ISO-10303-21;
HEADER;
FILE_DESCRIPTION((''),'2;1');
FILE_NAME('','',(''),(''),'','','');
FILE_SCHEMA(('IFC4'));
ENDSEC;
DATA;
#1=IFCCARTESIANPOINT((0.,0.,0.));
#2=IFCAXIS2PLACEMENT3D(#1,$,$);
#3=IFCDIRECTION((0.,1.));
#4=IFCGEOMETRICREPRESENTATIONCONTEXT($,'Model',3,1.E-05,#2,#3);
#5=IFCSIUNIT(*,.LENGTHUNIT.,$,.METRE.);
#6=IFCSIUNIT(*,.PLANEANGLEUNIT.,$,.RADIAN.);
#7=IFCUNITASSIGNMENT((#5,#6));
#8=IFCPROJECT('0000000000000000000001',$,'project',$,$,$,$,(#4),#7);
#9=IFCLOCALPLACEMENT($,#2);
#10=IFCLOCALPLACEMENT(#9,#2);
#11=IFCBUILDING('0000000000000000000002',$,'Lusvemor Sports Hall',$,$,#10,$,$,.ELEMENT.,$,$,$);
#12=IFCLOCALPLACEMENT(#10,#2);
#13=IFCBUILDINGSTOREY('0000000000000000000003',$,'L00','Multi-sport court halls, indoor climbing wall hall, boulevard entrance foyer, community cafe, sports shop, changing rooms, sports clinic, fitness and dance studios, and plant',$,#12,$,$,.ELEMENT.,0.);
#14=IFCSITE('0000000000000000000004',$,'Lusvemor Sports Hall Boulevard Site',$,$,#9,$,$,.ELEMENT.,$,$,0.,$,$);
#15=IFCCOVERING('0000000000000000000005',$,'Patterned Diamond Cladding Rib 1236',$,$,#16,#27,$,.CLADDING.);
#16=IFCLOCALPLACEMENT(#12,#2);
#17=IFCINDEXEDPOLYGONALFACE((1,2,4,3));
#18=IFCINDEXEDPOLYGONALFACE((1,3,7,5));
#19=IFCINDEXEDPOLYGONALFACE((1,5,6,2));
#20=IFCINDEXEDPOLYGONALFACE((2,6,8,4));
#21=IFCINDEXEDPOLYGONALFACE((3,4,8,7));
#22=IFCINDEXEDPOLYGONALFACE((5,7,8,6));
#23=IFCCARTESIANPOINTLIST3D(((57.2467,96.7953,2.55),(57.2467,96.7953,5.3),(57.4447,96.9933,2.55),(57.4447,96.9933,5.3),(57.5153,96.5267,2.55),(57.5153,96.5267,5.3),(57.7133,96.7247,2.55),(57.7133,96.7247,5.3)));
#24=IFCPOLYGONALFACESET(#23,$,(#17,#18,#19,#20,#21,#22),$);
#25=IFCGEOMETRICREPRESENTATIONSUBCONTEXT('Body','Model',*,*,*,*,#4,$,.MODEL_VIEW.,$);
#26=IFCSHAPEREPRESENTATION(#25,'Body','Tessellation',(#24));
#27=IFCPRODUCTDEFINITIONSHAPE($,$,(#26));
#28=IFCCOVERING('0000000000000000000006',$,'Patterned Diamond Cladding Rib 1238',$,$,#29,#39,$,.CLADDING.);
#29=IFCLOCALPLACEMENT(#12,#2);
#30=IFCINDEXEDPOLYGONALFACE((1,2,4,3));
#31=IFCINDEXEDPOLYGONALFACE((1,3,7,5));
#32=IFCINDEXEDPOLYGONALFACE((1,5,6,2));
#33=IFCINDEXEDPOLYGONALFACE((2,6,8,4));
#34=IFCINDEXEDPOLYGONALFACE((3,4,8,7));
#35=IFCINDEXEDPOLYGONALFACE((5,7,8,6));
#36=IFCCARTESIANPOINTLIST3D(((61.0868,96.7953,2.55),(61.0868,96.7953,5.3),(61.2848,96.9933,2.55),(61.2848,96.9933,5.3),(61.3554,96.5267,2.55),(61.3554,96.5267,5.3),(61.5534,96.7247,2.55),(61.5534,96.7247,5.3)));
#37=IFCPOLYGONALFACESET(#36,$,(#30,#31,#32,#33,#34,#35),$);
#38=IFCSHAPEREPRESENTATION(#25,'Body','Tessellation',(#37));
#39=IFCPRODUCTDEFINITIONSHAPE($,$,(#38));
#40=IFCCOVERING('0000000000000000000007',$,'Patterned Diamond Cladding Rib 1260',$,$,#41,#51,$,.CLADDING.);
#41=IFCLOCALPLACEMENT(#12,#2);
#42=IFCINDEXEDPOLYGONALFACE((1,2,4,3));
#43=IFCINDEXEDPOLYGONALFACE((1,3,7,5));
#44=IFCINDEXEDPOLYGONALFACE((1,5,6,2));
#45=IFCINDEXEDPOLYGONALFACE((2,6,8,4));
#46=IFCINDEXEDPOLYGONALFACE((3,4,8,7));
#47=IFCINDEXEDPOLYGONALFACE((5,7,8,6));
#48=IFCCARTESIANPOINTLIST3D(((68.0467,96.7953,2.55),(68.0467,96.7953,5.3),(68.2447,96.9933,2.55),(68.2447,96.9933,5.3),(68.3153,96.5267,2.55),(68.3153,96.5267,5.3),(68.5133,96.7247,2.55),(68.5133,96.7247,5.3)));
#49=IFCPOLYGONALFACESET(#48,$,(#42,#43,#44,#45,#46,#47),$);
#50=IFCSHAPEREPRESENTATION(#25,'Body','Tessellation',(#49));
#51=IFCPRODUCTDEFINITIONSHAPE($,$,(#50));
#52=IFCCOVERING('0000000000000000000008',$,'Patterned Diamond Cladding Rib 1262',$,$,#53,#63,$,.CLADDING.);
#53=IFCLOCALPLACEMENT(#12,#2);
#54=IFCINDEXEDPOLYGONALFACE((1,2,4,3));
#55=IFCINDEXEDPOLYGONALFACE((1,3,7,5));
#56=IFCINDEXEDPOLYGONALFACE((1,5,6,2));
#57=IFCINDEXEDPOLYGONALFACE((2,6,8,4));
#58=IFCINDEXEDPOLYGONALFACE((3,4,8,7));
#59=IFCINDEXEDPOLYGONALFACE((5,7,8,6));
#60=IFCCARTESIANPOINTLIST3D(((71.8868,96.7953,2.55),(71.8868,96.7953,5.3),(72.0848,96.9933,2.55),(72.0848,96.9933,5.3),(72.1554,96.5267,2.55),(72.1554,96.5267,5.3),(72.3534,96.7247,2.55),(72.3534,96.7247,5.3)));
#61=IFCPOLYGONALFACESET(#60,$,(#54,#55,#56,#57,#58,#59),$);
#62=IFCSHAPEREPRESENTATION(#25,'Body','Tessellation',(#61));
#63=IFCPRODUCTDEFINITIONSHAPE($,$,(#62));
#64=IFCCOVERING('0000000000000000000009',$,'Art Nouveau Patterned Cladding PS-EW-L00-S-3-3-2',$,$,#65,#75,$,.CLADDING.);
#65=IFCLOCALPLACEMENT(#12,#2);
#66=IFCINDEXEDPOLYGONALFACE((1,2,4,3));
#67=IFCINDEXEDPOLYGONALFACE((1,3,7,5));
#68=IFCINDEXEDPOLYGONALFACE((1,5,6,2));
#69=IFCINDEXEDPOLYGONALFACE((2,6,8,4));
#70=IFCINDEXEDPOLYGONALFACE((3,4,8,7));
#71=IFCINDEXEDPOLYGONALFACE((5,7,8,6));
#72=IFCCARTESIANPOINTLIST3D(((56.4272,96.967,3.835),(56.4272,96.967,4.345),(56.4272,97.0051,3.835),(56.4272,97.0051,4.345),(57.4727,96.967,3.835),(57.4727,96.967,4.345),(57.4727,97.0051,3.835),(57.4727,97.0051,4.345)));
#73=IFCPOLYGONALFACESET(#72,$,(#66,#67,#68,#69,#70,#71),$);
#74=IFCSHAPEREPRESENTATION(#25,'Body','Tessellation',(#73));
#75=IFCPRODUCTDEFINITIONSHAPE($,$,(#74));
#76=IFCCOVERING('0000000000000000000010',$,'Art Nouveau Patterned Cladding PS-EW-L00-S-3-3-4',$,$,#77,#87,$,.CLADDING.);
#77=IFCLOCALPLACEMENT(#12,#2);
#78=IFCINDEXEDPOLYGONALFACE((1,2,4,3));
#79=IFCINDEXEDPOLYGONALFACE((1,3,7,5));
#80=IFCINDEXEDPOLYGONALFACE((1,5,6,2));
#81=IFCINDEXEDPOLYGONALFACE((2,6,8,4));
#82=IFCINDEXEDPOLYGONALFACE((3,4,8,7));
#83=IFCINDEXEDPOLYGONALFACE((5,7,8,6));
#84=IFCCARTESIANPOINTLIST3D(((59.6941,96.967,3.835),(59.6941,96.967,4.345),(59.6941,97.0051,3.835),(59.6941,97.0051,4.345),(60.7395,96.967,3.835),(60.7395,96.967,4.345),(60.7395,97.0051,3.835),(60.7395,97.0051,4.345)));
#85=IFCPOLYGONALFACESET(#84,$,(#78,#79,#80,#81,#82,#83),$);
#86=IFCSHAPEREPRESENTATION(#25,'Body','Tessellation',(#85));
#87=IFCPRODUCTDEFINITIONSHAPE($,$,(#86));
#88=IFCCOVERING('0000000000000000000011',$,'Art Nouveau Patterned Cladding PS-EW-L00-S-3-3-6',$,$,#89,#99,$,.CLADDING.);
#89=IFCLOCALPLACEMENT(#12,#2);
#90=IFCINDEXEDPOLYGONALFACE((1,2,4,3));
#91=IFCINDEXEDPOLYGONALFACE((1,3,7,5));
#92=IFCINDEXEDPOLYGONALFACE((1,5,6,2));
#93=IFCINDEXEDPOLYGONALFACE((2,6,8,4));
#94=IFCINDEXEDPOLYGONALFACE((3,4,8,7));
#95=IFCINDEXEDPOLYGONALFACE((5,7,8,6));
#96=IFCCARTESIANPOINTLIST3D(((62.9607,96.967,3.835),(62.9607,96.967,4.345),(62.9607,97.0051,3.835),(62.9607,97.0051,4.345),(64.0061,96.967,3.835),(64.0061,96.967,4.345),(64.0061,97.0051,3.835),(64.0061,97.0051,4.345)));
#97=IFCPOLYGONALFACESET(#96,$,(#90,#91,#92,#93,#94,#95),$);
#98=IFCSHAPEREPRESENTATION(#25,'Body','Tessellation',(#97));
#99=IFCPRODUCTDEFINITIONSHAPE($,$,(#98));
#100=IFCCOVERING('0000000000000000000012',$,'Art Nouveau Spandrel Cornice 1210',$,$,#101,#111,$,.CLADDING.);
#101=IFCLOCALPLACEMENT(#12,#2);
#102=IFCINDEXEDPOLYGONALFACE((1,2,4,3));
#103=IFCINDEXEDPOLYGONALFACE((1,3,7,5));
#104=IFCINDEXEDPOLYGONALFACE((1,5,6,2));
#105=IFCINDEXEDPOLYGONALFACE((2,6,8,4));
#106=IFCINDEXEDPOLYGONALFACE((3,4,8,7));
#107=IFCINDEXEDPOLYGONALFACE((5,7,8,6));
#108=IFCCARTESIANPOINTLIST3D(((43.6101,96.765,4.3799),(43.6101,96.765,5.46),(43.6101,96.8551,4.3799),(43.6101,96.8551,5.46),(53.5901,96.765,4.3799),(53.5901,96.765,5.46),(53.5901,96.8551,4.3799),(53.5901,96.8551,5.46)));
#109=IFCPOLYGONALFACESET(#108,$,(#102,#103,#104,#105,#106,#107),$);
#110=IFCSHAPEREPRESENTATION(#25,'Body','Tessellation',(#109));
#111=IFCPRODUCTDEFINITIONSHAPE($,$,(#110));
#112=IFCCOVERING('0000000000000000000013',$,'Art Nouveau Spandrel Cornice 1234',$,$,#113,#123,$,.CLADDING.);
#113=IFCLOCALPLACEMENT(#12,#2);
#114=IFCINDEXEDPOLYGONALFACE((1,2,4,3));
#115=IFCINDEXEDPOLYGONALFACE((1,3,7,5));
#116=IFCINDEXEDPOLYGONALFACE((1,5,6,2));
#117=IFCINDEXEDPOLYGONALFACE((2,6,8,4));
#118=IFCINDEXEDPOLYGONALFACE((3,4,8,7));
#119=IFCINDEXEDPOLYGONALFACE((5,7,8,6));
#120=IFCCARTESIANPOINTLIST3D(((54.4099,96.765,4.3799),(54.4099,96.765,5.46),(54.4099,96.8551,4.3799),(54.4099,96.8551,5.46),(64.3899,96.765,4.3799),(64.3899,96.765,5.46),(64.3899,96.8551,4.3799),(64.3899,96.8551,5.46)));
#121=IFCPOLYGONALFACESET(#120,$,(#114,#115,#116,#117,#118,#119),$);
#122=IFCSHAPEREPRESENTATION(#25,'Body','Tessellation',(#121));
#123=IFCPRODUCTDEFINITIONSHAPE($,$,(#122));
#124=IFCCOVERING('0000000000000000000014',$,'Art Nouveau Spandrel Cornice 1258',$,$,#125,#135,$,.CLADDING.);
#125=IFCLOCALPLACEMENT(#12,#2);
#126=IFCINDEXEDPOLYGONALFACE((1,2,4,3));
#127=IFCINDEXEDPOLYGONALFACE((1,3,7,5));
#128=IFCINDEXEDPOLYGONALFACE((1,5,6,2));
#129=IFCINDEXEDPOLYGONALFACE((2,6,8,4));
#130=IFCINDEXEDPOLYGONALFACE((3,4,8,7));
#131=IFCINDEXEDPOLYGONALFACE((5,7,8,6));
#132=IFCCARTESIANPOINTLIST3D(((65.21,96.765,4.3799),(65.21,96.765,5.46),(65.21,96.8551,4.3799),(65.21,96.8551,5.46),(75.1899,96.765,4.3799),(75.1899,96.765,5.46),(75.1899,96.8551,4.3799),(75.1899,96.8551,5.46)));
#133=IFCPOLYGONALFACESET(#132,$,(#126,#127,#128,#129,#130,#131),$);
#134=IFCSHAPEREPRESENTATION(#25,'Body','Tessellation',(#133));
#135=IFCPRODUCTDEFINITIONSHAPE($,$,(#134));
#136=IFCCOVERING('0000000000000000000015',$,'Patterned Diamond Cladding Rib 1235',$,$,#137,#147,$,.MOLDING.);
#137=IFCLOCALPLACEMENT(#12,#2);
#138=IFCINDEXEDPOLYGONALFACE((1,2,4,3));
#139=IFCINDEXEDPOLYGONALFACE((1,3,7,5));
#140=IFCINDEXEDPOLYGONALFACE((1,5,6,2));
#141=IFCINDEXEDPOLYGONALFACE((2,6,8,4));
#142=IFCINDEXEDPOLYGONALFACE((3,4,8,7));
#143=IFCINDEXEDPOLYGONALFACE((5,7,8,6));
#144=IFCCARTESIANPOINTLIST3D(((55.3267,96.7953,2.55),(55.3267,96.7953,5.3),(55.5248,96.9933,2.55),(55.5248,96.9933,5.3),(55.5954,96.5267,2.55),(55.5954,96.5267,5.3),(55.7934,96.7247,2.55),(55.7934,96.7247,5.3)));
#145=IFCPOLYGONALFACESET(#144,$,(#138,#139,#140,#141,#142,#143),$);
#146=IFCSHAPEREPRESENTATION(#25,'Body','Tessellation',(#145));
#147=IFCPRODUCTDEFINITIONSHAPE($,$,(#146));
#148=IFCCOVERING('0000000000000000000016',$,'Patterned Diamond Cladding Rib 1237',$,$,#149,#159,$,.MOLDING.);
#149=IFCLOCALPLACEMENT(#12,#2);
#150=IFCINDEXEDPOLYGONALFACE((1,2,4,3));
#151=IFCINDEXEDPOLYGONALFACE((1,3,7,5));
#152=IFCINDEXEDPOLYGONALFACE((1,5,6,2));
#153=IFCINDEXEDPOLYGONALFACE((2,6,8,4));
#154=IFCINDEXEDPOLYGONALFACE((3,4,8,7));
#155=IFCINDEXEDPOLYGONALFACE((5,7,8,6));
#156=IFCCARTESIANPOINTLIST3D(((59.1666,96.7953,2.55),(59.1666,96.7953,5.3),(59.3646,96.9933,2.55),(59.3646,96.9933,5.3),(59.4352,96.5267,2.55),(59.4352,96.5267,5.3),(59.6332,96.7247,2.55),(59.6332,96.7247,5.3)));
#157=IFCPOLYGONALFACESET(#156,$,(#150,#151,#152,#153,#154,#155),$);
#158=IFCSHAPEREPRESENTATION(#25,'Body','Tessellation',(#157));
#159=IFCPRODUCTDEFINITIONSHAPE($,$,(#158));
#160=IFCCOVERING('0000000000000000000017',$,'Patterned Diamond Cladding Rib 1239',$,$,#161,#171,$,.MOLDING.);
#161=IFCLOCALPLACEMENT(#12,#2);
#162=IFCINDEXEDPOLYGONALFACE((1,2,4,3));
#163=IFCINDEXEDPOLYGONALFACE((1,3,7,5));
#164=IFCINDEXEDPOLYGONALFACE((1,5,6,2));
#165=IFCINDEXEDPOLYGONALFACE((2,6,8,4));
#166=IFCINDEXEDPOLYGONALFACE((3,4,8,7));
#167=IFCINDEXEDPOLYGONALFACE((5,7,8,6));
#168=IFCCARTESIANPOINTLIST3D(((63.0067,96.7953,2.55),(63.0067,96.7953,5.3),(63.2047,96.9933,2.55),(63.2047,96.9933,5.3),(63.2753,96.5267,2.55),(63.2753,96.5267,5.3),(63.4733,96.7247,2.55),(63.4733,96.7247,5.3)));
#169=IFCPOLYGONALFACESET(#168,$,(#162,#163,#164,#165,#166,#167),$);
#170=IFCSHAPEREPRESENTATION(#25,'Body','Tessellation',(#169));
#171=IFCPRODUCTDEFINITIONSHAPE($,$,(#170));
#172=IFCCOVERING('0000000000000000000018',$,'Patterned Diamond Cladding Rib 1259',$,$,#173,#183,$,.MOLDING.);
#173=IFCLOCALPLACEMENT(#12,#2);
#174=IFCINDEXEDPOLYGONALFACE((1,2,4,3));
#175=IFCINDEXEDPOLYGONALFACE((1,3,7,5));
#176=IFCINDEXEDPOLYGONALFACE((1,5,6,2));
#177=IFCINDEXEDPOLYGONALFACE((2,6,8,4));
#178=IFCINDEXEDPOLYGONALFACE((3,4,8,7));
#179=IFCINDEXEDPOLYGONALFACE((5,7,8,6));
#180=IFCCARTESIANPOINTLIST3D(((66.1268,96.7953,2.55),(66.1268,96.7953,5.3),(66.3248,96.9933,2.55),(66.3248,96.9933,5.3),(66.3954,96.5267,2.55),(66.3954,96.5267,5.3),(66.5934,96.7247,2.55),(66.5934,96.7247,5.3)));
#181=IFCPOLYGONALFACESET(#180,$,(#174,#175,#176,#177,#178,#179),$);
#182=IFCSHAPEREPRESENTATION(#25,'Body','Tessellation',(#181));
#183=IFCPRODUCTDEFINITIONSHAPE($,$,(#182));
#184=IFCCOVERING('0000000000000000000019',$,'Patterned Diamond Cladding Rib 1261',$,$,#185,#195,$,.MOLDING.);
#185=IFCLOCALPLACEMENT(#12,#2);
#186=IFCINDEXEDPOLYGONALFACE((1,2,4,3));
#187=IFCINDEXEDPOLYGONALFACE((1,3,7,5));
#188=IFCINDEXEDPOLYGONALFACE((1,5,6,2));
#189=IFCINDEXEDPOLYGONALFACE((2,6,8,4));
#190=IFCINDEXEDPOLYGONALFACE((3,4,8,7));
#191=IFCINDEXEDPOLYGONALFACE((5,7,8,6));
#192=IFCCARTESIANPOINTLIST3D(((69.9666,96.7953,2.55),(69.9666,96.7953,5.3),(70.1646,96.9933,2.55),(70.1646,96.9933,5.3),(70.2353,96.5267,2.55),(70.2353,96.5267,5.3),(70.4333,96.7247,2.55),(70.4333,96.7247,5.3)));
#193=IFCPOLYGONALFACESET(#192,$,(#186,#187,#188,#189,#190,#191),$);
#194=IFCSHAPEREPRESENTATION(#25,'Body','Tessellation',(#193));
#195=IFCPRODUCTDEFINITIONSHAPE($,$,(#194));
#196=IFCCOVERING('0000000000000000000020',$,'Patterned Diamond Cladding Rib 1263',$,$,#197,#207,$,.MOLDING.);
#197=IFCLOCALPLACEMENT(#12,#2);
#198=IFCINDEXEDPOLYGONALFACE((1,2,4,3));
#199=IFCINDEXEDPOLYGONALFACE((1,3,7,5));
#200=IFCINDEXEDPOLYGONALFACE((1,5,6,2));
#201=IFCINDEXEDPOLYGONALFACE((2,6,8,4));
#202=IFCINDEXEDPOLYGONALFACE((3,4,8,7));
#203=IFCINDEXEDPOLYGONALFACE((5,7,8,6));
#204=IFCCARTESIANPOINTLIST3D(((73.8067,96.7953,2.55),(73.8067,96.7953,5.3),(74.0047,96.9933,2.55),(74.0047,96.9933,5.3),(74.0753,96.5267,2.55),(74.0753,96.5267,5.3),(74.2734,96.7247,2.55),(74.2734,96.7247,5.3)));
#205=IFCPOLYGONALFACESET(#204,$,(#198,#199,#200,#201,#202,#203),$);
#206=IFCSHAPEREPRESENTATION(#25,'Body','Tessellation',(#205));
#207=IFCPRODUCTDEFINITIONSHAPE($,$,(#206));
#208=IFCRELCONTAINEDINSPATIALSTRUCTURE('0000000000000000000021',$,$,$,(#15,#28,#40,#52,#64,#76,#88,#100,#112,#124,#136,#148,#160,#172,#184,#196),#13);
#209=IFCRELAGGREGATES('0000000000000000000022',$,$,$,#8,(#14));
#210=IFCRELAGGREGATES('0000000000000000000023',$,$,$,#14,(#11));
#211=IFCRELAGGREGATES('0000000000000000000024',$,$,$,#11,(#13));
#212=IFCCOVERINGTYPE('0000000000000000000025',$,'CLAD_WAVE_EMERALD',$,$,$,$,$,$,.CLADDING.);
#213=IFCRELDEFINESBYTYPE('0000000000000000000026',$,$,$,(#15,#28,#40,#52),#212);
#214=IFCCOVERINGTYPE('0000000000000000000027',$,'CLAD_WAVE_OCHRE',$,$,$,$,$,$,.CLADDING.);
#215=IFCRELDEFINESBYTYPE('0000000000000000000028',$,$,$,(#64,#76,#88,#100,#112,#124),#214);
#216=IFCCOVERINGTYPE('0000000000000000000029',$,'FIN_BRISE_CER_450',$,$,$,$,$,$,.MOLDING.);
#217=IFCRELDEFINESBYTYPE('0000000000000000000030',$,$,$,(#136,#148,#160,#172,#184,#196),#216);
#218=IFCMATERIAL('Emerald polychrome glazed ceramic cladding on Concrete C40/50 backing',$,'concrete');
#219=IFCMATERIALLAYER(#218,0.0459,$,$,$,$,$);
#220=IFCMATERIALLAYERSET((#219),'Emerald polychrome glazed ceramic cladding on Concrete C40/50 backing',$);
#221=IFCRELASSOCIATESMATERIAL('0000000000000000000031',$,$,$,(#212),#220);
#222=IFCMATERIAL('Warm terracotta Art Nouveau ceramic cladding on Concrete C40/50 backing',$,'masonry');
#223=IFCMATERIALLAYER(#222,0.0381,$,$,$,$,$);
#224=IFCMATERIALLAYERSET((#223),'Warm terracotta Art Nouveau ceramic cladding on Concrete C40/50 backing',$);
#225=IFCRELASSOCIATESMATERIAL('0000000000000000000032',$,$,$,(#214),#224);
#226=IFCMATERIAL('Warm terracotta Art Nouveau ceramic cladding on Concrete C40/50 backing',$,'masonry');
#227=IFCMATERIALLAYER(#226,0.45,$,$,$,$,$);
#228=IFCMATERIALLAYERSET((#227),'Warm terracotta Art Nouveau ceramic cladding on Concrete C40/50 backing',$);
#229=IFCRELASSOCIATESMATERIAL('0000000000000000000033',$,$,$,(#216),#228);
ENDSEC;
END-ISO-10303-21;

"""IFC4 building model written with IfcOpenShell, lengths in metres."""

from ifc_helpers import new_model, si_unit, direction, frame, origin, origin_2d, place, context, subcontext, project, spatial, rectangle, extrude, material, layer, layer_set, type_object, element, save


model = new_model("IFC4")

# Units and contexts
model_context = context("Model", 3, precision=1e-05, world=origin(), true_north=direction((0.0, 1.0)))
body_context = subcontext(model_context, "Body", "Model", "MODEL_VIEW")
ifc_project = project(units=[si_unit("LENGTHUNIT", "METRE"), si_unit("PLANEANGLEUNIT", "RADIAN")], contexts=[model_context])

# Site, building, storey
site_placement = place(None, origin())
site = spatial("IfcSite", under=ifc_project, at=site_placement, Name="Lusvemor Sports Hall Boulevard Site", CompositionType="ELEMENT", RefElevation=0.0)
building_placement = place(site_placement, origin())
building = spatial("IfcBuilding", under=site, at=building_placement, Name="Lusvemor Sports Hall", CompositionType="ELEMENT")
storey_placement = place(building_placement, origin())
storey = spatial("IfcBuildingStorey", under=building, at=storey_placement, Name="L00", Description="Multi-sport court halls, indoor climbing wall hall, boulevard entrance foyer, community cafe, sports shop, changing rooms, sports clinic, fitness and dance studios, and plant", CompositionType="ELEMENT", Elevation=0.0)

# Coverings
ifc_material_1 = material(Name="Emerald polychrome glazed ceramic cladding on Concrete C40/50 backing", Category="concrete")
ifc_layer_1 = layer(ifc_material_1, 0.0459)
ifc_layer_set_1 = layer_set([ifc_layer_1], Name="Emerald polychrome glazed ceramic cladding on Concrete C40/50 backing")
covering_type_1 = type_object("IfcCoveringType", Name="CLAD_WAVE_EMERALD", PredefinedType="CLADDING", material=ifc_layer_set_1)
for number, where, z_axis, x_axis, name in (
    (1, (57.48, 96.76, 2.55), (0.0, 0.0, 1.0), (0.707107, 0.707107, 0.0), "Patterned Diamond Cladding Rib 1236"),
    (2, (61.3201, 96.76, 2.55), (0.0, 0.0, 1.0), (0.707107, 0.707107, 0.0), "Patterned Diamond Cladding Rib 1238"),
    (3, (68.28, 96.76, 2.55), (0.0, 0.0, 1.0), (0.707107, 0.707107, 0.0), "Patterned Diamond Cladding Rib 1260"),
    (4, (72.1201, 96.76, 2.55), (0.0, 0.0, 1.0), (0.707107, 0.707107, 0.0), "Patterned Diamond Cladding Rib 1262"),
):
    element("IfcCovering", number, at=place(storey_placement, frame(where, z_axis=z_axis, x_axis=x_axis)), inside=storey, type_object=covering_type_1, Name=name, PredefinedType="CLADDING", context=body_context, shape_type="SweptSolid", body=[
        extrude(rectangle(XDim=0.28, YDim=0.3799, at=origin_2d()), origin(), (0.0, 0.0, 1.0), 2.75),
    ])
ifc_material_2 = material(Name="Warm terracotta Art Nouveau ceramic cladding on Concrete C40/50 backing", Category="masonry")
ifc_layer_2 = layer(ifc_material_2, 0.0381)
ifc_layer_set_2 = layer_set([ifc_layer_2], Name="Warm terracotta Art Nouveau ceramic cladding on Concrete C40/50 backing")
covering_type_2 = type_object("IfcCoveringType", Name="CLAD_WAVE_OCHRE", PredefinedType="CLADDING", material=ifc_layer_set_2)
for number, where, z_axis, x_axis, name in (
    (5, (56.95, 96.9861, 3.835), (0.0, 0.0, 1.0), (1.0, 0.0, 0.0), "Art Nouveau Patterned Cladding PS-EW-L00-S-3-3-2"),
    (6, (60.2168, 96.9861, 3.835), (0.0, 0.0, 1.0), (1.0, 0.0, 0.0), "Art Nouveau Patterned Cladding PS-EW-L00-S-3-3-4"),
    (7, (63.4834, 96.9861, 3.835), (0.0, 0.0, 1.0), (1.0, 0.0, 0.0), "Art Nouveau Patterned Cladding PS-EW-L00-S-3-3-6"),
):
    element("IfcCovering", number, at=place(storey_placement, frame(where, z_axis=z_axis, x_axis=x_axis)), inside=storey, type_object=covering_type_2, Name=name, PredefinedType="CLADDING", context=body_context, shape_type="SweptSolid", body=[
        extrude(rectangle(XDim=1.0454, YDim=0.0381, at=origin_2d()), origin(), (0.0, 0.0, 1.0), 0.51),
    ])
for number, where, z_axis, x_axis, name in (
    (8, (48.6001, 96.8101, 4.3799), (0.0, 0.0, 1.0), (1.0, 0.0, 0.0), "Art Nouveau Spandrel Cornice 1210"),
    (9, (59.3999, 96.8101, 4.3799), (0.0, 0.0, 1.0), (1.0, 0.0, 0.0), "Art Nouveau Spandrel Cornice 1234"),
    (10, (70.2, 96.8101, 4.3799), (0.0, 0.0, 1.0), (1.0, 0.0, 0.0), "Art Nouveau Spandrel Cornice 1258"),
):
    element("IfcCovering", number, at=place(storey_placement, frame(where, z_axis=z_axis, x_axis=x_axis)), inside=storey, type_object=covering_type_2, Name=name, PredefinedType="CLADDING", context=body_context, shape_type="SweptSolid", body=[
        extrude(rectangle(XDim=9.98, YDim=0.0901, at=origin_2d()), origin(), (0.0, 0.0, 1.0), 1.0801),
    ])
ifc_material_3 = material(Name="Warm terracotta Art Nouveau ceramic cladding on Concrete C40/50 backing", Category="masonry")
ifc_layer_3 = layer(ifc_material_3, 0.45)
ifc_layer_set_3 = layer_set([ifc_layer_3], Name="Warm terracotta Art Nouveau ceramic cladding on Concrete C40/50 backing")
covering_type_3 = type_object("IfcCoveringType", Name="FIN_BRISE_CER_450", PredefinedType="MOLDING", material=ifc_layer_set_3)
for number, where, z_axis, x_axis, name in (
    (11, (55.5601, 96.76, 2.55), (0.0, 0.0, 1.0), (0.707107, 0.707107, 0.0), "Patterned Diamond Cladding Rib 1235"),
    (12, (59.3999, 96.76, 2.55), (0.0, 0.0, 1.0), (0.707107, 0.707107, 0.0), "Patterned Diamond Cladding Rib 1237"),
    (13, (63.24, 96.76, 2.55), (0.0, 0.0, 1.0), (0.707107, 0.707107, 0.0), "Patterned Diamond Cladding Rib 1239"),
    (14, (66.3601, 96.76, 2.55), (0.0, 0.0, 1.0), (0.707107, 0.707107, 0.0), "Patterned Diamond Cladding Rib 1259"),
    (15, (70.2, 96.76, 2.55), (0.0, 0.0, 1.0), (0.707107, 0.707107, 0.0), "Patterned Diamond Cladding Rib 1261"),
    (16, (74.04, 96.76, 2.55), (0.0, 0.0, 1.0), (0.707107, 0.707107, 0.0), "Patterned Diamond Cladding Rib 1263"),
):
    element("IfcCovering", number, at=place(storey_placement, frame(where, z_axis=z_axis, x_axis=x_axis)), inside=storey, type_object=covering_type_3, Name=name, PredefinedType="MOLDING", context=body_context, shape_type="SweptSolid", body=[
        extrude(rectangle(XDim=0.28, YDim=0.3799, at=origin_2d()), origin(), (0.0, 0.0, 1.0), 2.75),
    ])

save(model, "model.ifc")
